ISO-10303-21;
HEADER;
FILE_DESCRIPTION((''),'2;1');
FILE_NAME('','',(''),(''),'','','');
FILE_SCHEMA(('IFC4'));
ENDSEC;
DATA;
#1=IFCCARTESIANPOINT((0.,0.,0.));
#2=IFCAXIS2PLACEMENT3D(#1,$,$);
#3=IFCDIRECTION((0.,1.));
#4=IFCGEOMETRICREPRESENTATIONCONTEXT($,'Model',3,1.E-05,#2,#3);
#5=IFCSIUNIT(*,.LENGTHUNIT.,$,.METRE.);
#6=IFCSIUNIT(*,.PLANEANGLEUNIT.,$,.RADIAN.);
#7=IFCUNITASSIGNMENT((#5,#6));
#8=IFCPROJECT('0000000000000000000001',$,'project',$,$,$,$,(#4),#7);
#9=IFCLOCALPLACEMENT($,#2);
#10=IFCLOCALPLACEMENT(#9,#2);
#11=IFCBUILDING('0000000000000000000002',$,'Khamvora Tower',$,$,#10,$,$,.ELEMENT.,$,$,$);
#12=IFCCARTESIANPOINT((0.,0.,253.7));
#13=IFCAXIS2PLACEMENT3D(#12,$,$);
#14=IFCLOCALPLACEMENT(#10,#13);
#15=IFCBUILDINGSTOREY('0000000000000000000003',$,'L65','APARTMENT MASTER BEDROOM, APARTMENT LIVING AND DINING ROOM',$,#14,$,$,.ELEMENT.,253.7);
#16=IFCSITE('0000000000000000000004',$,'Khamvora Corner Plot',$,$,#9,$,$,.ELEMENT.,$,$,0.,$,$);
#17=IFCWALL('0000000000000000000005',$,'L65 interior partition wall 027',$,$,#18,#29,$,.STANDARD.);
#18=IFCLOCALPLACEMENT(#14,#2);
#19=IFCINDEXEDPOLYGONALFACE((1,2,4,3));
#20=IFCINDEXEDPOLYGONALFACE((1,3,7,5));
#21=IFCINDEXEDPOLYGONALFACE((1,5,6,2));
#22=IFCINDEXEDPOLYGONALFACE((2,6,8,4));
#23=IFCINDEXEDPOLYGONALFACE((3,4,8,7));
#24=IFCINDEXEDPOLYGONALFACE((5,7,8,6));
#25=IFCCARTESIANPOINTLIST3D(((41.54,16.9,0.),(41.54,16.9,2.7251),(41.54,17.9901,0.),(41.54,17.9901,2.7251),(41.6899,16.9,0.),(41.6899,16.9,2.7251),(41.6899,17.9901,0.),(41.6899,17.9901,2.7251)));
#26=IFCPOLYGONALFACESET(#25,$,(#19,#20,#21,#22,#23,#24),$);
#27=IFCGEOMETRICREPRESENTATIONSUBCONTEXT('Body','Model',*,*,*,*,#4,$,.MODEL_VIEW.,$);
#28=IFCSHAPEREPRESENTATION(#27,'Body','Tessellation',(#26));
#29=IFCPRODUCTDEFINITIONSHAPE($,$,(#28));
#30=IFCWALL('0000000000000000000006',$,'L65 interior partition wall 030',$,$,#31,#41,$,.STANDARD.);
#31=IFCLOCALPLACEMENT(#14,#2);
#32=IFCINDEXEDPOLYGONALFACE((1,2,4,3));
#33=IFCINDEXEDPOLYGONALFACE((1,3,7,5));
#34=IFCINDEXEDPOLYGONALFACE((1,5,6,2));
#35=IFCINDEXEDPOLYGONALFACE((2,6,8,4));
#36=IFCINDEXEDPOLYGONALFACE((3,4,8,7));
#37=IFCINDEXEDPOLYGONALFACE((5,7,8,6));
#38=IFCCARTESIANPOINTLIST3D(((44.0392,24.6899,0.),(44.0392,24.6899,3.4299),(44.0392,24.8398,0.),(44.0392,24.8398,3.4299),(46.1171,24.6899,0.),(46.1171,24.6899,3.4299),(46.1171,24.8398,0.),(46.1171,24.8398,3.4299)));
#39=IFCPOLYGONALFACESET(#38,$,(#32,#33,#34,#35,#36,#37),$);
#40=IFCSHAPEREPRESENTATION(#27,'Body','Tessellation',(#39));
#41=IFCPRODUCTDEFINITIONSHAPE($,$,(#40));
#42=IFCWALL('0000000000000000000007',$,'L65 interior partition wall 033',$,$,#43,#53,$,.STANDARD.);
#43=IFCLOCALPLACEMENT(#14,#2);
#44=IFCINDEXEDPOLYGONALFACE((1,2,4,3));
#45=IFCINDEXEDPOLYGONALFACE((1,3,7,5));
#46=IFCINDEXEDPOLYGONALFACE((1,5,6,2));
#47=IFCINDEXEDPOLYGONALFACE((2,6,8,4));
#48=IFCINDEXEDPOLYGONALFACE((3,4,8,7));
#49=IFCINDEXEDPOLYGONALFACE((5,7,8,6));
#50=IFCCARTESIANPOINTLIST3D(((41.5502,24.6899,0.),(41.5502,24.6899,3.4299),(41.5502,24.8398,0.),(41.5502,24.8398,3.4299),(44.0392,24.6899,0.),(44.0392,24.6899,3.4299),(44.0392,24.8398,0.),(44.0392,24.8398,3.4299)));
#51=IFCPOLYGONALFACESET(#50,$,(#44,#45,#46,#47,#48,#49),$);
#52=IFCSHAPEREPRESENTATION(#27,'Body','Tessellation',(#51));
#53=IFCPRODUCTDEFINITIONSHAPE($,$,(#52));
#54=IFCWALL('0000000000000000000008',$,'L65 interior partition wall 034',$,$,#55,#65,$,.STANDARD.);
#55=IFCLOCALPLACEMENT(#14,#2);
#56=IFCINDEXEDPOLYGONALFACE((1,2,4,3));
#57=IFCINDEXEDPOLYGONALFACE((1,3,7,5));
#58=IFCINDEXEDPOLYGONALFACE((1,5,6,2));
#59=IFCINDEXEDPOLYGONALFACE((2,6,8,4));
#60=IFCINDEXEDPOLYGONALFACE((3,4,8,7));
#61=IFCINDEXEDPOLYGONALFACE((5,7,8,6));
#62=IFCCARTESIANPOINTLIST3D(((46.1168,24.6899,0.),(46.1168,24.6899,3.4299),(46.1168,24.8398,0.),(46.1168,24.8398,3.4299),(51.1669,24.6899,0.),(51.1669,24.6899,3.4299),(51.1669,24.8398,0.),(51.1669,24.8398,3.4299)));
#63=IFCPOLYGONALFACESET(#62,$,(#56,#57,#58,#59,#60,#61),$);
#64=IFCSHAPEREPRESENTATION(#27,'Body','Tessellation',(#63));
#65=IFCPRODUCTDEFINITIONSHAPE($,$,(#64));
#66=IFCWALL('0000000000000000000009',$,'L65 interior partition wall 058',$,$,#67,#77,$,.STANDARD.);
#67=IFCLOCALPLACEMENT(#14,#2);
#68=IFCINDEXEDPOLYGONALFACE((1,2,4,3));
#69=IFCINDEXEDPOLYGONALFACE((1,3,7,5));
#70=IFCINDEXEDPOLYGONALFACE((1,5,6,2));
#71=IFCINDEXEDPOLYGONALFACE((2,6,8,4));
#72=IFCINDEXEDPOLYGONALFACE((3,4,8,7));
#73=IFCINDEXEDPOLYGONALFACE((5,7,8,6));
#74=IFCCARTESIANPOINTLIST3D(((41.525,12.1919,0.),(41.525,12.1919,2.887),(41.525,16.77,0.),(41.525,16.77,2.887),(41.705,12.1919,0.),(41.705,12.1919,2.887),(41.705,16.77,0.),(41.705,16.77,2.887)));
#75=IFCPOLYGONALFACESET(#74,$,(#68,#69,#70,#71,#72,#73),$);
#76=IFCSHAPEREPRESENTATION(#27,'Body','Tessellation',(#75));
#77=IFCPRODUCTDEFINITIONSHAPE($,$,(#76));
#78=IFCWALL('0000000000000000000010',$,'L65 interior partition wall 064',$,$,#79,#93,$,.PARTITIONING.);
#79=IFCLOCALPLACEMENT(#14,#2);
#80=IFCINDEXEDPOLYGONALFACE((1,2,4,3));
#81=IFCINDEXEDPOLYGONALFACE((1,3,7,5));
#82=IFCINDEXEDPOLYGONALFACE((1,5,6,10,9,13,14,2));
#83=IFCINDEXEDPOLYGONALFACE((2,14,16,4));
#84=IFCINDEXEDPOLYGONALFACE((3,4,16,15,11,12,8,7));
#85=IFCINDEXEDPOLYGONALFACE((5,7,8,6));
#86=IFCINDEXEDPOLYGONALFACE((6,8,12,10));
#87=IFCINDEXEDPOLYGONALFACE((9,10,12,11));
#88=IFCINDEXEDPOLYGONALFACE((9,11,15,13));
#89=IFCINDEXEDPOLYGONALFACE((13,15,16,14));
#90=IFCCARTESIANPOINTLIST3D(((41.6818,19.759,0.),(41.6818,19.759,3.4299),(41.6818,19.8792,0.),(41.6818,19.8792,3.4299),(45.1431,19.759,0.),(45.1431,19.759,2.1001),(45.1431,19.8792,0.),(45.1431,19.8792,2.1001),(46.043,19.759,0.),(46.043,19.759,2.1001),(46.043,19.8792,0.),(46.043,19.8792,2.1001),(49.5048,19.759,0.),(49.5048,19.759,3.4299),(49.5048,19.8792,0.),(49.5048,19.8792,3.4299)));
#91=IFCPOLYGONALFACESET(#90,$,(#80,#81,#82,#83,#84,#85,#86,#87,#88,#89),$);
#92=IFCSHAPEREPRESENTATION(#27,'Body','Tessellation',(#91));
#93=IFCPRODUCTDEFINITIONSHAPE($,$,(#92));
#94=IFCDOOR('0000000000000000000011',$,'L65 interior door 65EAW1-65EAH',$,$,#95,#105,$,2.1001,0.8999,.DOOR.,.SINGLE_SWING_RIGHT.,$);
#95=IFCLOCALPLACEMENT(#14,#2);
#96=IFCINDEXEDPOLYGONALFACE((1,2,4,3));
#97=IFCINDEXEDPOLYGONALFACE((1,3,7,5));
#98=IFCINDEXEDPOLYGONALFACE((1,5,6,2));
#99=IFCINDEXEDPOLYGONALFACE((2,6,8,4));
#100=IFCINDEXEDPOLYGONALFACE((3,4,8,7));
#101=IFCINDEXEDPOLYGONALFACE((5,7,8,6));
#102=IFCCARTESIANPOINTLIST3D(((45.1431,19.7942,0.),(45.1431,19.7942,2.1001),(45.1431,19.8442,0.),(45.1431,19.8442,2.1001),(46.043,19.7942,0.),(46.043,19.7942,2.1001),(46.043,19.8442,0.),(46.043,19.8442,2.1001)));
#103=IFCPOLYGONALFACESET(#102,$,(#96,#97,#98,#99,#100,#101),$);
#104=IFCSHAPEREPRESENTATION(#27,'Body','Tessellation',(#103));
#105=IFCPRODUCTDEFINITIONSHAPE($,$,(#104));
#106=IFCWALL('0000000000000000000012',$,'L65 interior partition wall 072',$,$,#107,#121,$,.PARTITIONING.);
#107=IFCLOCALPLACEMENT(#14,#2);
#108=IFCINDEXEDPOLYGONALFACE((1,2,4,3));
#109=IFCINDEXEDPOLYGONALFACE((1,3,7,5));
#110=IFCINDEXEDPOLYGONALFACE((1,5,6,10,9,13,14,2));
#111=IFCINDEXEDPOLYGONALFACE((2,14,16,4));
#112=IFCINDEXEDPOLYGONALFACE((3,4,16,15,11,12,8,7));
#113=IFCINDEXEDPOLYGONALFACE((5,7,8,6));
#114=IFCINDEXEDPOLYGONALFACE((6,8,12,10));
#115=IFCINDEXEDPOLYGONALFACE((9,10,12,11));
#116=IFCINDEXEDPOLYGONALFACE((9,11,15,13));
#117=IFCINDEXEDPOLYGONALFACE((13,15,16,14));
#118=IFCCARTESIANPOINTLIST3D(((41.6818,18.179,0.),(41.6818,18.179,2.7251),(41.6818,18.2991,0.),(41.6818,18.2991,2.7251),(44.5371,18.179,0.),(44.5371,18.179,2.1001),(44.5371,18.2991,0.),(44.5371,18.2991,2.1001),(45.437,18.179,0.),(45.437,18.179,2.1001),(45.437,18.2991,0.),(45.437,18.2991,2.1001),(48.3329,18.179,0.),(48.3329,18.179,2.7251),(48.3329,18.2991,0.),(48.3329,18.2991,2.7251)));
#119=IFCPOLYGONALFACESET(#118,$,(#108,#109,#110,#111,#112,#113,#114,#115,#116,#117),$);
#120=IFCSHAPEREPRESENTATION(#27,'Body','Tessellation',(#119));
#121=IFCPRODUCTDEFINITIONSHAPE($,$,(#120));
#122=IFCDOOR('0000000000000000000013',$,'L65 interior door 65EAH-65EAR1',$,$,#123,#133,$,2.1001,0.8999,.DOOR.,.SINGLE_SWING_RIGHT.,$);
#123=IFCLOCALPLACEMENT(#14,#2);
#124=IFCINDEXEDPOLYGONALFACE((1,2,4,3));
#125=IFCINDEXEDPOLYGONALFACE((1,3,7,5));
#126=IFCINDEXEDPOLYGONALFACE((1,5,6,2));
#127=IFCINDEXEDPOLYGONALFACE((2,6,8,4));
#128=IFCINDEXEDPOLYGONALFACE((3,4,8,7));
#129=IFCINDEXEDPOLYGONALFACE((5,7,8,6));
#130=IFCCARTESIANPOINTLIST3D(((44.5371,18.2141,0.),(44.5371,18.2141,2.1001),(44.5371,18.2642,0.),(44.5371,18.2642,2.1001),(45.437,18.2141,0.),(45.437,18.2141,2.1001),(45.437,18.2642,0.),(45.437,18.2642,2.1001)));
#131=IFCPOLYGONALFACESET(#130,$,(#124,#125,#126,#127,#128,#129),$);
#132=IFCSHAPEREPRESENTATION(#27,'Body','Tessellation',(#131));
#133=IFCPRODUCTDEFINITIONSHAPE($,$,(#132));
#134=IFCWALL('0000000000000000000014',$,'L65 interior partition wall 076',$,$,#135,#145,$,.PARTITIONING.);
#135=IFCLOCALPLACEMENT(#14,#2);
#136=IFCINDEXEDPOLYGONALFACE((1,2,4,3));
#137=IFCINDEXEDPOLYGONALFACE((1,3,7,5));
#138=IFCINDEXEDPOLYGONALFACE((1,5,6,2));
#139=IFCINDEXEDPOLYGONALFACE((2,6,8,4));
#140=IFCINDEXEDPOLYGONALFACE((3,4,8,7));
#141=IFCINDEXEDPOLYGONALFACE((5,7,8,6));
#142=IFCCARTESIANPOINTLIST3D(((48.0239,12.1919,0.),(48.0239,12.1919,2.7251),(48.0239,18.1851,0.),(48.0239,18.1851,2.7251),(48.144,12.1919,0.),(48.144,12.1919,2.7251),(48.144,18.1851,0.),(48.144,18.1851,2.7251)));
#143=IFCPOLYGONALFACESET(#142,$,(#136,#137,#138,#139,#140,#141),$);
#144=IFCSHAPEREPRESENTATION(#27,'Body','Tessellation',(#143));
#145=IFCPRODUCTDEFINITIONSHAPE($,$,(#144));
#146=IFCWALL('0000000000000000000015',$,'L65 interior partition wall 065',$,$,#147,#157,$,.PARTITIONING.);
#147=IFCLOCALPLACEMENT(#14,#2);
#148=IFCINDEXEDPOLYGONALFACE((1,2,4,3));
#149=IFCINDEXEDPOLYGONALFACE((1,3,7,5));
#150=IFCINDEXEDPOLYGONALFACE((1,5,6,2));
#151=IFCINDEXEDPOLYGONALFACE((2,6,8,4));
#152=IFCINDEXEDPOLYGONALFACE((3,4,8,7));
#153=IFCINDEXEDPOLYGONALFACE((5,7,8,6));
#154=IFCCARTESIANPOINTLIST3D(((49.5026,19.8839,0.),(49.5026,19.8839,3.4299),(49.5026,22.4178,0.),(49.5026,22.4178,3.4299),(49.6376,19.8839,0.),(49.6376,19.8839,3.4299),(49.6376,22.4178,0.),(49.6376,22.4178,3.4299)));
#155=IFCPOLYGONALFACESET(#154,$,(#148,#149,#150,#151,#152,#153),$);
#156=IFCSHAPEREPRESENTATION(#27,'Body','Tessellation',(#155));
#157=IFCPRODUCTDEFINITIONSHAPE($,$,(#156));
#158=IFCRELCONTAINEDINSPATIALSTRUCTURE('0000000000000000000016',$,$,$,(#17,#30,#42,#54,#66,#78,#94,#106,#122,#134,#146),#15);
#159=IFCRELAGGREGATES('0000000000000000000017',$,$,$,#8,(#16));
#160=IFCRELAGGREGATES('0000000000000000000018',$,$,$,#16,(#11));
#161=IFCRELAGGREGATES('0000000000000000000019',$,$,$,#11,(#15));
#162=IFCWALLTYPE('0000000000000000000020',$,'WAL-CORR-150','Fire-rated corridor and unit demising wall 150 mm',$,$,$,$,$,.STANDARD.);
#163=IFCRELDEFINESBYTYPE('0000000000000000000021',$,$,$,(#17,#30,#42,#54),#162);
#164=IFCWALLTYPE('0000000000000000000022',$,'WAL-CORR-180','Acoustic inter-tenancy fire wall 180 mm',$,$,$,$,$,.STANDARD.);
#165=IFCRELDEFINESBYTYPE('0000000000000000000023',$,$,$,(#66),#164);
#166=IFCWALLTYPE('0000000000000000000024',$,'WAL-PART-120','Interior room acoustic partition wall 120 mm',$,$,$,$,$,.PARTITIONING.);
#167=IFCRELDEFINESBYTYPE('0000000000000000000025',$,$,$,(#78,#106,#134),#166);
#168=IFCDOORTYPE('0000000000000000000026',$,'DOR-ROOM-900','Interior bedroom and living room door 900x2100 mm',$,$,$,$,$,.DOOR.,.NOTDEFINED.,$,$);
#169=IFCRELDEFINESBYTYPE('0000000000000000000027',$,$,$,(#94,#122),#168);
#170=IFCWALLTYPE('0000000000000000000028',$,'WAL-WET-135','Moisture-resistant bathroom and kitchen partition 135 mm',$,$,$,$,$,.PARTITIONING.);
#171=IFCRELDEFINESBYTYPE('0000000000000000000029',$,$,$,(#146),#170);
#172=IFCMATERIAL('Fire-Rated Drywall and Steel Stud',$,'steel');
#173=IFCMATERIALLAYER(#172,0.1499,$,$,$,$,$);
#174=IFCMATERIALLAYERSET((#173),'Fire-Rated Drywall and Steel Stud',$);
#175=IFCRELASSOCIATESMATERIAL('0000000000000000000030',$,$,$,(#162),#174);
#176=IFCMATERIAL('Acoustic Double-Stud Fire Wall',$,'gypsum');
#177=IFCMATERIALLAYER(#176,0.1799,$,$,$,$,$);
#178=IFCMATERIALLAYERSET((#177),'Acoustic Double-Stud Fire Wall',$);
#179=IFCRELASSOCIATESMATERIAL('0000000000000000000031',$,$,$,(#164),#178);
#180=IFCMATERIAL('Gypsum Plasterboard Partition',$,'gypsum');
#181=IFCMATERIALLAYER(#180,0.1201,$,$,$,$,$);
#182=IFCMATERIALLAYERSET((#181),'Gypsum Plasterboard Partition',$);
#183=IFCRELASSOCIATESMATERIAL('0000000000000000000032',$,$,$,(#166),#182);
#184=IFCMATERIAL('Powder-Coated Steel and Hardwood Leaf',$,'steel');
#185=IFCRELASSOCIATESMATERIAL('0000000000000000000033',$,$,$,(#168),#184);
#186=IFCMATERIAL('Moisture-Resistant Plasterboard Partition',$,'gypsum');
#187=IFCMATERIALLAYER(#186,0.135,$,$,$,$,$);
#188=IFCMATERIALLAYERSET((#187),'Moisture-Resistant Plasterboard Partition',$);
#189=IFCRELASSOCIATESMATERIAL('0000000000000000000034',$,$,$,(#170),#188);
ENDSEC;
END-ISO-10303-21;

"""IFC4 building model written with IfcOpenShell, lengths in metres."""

from ifc_helpers import new_model, si_unit, direction, frame, frame_2d, origin, place, context, subcontext, project, spatial, rectangle, extrude, material, layer, layer_set, type_object, element, fill, save


model = new_model("IFC4")

# Units and contexts
model_context = context("Model", 3, precision=1e-05, world=origin(), true_north=direction((0.0, 1.0)))
body_context = subcontext(model_context, "Body", "Model", "MODEL_VIEW")
ifc_project = project(units=[si_unit("LENGTHUNIT", "METRE"), si_unit("PLANEANGLEUNIT", "RADIAN")], contexts=[model_context])

# Site, building, storey
site_placement = place(None, origin())
site = spatial("IfcSite", under=ifc_project, at=site_placement, Name="Khamvora Corner Plot", CompositionType="ELEMENT", RefElevation=0.0)
building_placement = place(site_placement, origin())
building = spatial("IfcBuilding", under=site, at=building_placement, Name="Khamvora Tower", CompositionType="ELEMENT")
storey_placement = place(building_placement, frame((0.0, 0.0, 253.7)))
storey = spatial("IfcBuildingStorey", under=building, at=storey_placement, Name="L65", Description="APARTMENT MASTER BEDROOM, APARTMENT LIVING AND DINING ROOM", CompositionType="ELEMENT", Elevation=253.7)

# Walls
ifc_material_1 = material(Name="Fire-Rated Drywall and Steel Stud", Category="steel")
ifc_layer_1 = layer(ifc_material_1, 0.1499)
ifc_layer_set_1 = layer_set([ifc_layer_1], Name="Fire-Rated Drywall and Steel Stud")
wall_type_1 = type_object("IfcWallType", Name="WAL-CORR-150", Description="Fire-rated corridor and unit demising wall 150 mm", PredefinedType="STANDARD", material=ifc_layer_set_1)
wall_1_placement = place(storey_placement, frame((41.615, 17.99, 0.0), z_axis=(0.0, 0.0, 1.0), x_axis=(0.0, -1.0, 0.0)))
element("IfcWall", 1, at=wall_1_placement, inside=storey, type_object=wall_type_1, Name="L65 interior partition wall 027", PredefinedType="STANDARD", context=body_context, shape_type="SweptSolid", body=[
    extrude(rectangle(XDim=1.0901, YDim=0.1499, at=frame_2d((0.5449, 0.0))), origin(), (0.0, 0.0, 1.0), 2.7251),
])
wall_2_placement = place(storey_placement, frame((44.0391, 24.7649, 0.0), z_axis=(0.0, 0.0, 1.0), x_axis=(1.0, 0.0, 0.0)))
element("IfcWall", 2, at=wall_2_placement, inside=storey, type_object=wall_type_1, Name="L65 interior partition wall 030", PredefinedType="STANDARD", context=body_context, shape_type="SweptSolid", body=[
    extrude(rectangle(XDim=2.0779, YDim=0.1499, at=frame_2d((1.0391, 0.0))), origin(), (0.0, 0.0, 1.0), 3.4299),
])
wall_3_placement = place(storey_placement, frame((41.55, 24.7649, 0.0), z_axis=(0.0, 0.0, 1.0), x_axis=(1.0, 0.0, 0.0)))
element("IfcWall", 3, at=wall_3_placement, inside=storey, type_object=wall_type_1, Name="L65 interior partition wall 033", PredefinedType="STANDARD", context=body_context, shape_type="SweptSolid", body=[
    extrude(rectangle(XDim=2.489, YDim=0.1499, at=frame_2d((1.2446, 0.0))), origin(), (0.0, 0.0, 1.0), 3.4299),
])
wall_4_placement = place(storey_placement, frame((46.1169, 24.7649, 0.0), z_axis=(0.0, 0.0, 1.0), x_axis=(1.0, 0.0, 0.0)))
element("IfcWall", 4, at=wall_4_placement, inside=storey, type_object=wall_type_1, Name="L65 interior partition wall 034", PredefinedType="STANDARD", context=body_context, shape_type="SweptSolid", body=[
    extrude(rectangle(XDim=5.05, YDim=0.1499, at=frame_2d((2.5249, 0.0))), origin(), (0.0, 0.0, 1.0), 3.4299),
])
ifc_material_2 = material(Name="Acoustic Double-Stud Fire Wall", Category="gypsum")
ifc_layer_2 = layer(ifc_material_2, 0.1799)
ifc_layer_set_2 = layer_set([ifc_layer_2], Name="Acoustic Double-Stud Fire Wall")
wall_type_2 = type_object("IfcWallType", Name="WAL-CORR-180", Description="Acoustic inter-tenancy fire wall 180 mm", PredefinedType="STANDARD", material=ifc_layer_set_2)
wall_5_placement = place(storey_placement, frame((41.615, 16.77, 0.0), z_axis=(0.0, 0.0, 1.0), x_axis=(0.0, -1.0, 0.0)))
element("IfcWall", 5, at=wall_5_placement, inside=storey, type_object=wall_type_2, Name="L65 interior partition wall 058", PredefinedType="STANDARD", context=body_context, shape_type="SweptSolid", body=[
    extrude(rectangle(XDim=4.5781, YDim=0.1799, at=frame_2d((2.2891, 0.0))), origin(), (0.0, 0.0, 1.0), 2.887),
])

# Walls, openings, doors
ifc_material_3 = material(Name="Gypsum Plasterboard Partition", Category="gypsum")
ifc_layer_3 = layer(ifc_material_3, 0.1201)
ifc_layer_set_3 = layer_set([ifc_layer_3], Name="Gypsum Plasterboard Partition")
wall_type_3 = type_object("IfcWallType", Name="WAL-PART-120", Description="Interior room acoustic partition wall 120 mm", PredefinedType="PARTITIONING", material=ifc_layer_set_3)
wall_6_placement = place(storey_placement, frame((49.5049, 19.8191, 0.0), z_axis=(0.0, 0.0, 1.0), x_axis=(-1.0, 0.0, 0.0)))
wall_6 = element("IfcWall", 6, at=wall_6_placement, inside=storey, type_object=wall_type_3, Name="L65 interior partition wall 064", PredefinedType="PARTITIONING", context=body_context, shape_type="SweptSolid", body=[
    extrude(rectangle(XDim=7.823, YDim=0.1201, at=frame_2d((3.9116, 0.0))), origin(), (0.0, 0.0, 1.0), 3.4299),
])
opening_1_placement = place(wall_6_placement, frame((3.4619, 0.0, 0.0)))
opening_1 = element("IfcOpeningElement", 7, at=opening_1_placement, cuts=wall_6, PredefinedType="OPENING", context=body_context, shape_type="SweptSolid", body=[
    extrude(rectangle(XDim=0.8999, YDim=2.1001, at=frame_2d((0.45, 1.05))), frame((0.0, 0.0701, 0.0), z_axis=(0.0, -1.0, 0.0), x_axis=(1.0, 0.0, 0.0)), (0.0, 0.0, 1.0), 0.1401),
])
ifc_material_4 = material(Name="Powder-Coated Steel and Hardwood Leaf", Category="steel")
door_type_1 = type_object("IfcDoorType", Name="DOR-ROOM-900", Description="Interior bedroom and living room door 900x2100 mm", OperationType="NOTDEFINED", PredefinedType="DOOR", material=ifc_material_4)
door_1_placement = place(opening_1_placement, origin())
door_1 = element("IfcDoor", 8, at=door_1_placement, inside=storey, type_object=door_type_1, Name="L65 interior door 65EAW1-65EAH", OperationType="SINGLE_SWING_RIGHT", OverallHeight=2.1001, OverallWidth=0.8999, PredefinedType="DOOR", context=body_context, shape_type="SweptSolid", body=[
    extrude(rectangle(XDim=0.8999, YDim=2.1001, at=frame_2d((0.45, 1.05))), frame((0.0, 0.0249, 0.0), z_axis=(0.0, -1.0, 0.0), x_axis=(1.0, 0.0, 0.0)), (0.0, 0.0, 1.0), 0.05),
])
fill(opening_1, door_1)
wall_7_placement = place(storey_placement, frame((48.333, 18.239, 0.0), z_axis=(0.0, 0.0, 1.0), x_axis=(-1.0, 0.0, 0.0)))
wall_7 = element("IfcWall", 9, at=wall_7_placement, inside=storey, type_object=wall_type_3, Name="L65 interior partition wall 072", PredefinedType="PARTITIONING", context=body_context, shape_type="SweptSolid", body=[
    extrude(rectangle(XDim=6.6511, YDim=0.1201, at=frame_2d((3.3257, 0.0))), origin(), (0.0, 0.0, 1.0), 2.7251),
])
opening_2_placement = place(wall_7_placement, frame((2.896, 0.0, 0.0)))
opening_2 = element("IfcOpeningElement", 10, at=opening_2_placement, cuts=wall_7, PredefinedType="OPENING", context=body_context, shape_type="SweptSolid", body=[
    extrude(rectangle(XDim=0.8999, YDim=2.1001, at=frame_2d((0.45, 1.05))), frame((0.0, 0.0701, 0.0), z_axis=(0.0, -1.0, 0.0), x_axis=(1.0, 0.0, 0.0)), (0.0, 0.0, 1.0), 0.1401),
])
door_2_placement = place(opening_2_placement, origin())
door_2 = element("IfcDoor", 11, at=door_2_placement, inside=storey, type_object=door_type_1, Name="L65 interior door 65EAH-65EAR1", OperationType="SINGLE_SWING_RIGHT", OverallHeight=2.1001, OverallWidth=0.8999, PredefinedType="DOOR", context=body_context, shape_type="SweptSolid", body=[
    extrude(rectangle(XDim=0.8999, YDim=2.1001, at=frame_2d((0.45, 1.05))), frame((0.0, 0.0249, 0.0), z_axis=(0.0, -1.0, 0.0), x_axis=(1.0, 0.0, 0.0)), (0.0, 0.0, 1.0), 0.05),
])
fill(opening_2, door_2)

# Walls
wall_8_placement = place(storey_placement, frame((48.084, 18.1851, 0.0), z_axis=(0.0, 0.0, 1.0), x_axis=(0.0, -1.0, 0.0)))
element("IfcWall", 12, at=wall_8_placement, inside=storey, type_object=wall_type_3, Name="L65 interior partition wall 076", PredefinedType="PARTITIONING", context=body_context, shape_type="SweptSolid", body=[
    extrude(rectangle(XDim=5.9932, YDim=0.1201, at=frame_2d((2.9966, 0.0))), origin(), (0.0, 0.0, 1.0), 2.7251),
])
ifc_material_5 = material(Name="Moisture-Resistant Plasterboard Partition", Category="gypsum")
ifc_layer_4 = layer(ifc_material_5, 0.135)
ifc_layer_set_4 = layer_set([ifc_layer_4], Name="Moisture-Resistant Plasterboard Partition")
wall_type_4 = type_object("IfcWallType", Name="WAL-WET-135", Description="Moisture-resistant bathroom and kitchen partition 135 mm", PredefinedType="PARTITIONING", material=ifc_layer_set_4)
wall_9_placement = place(storey_placement, frame((49.5701, 22.418, 0.0), z_axis=(0.0, 0.0, 1.0), x_axis=(0.0, -1.0, 0.0)))
element("IfcWall", 13, at=wall_9_placement, inside=storey, type_object=wall_type_4, Name="L65 interior partition wall 065", PredefinedType="PARTITIONING", context=body_context, shape_type="SweptSolid", body=[
    extrude(rectangle(XDim=2.5339, YDim=0.135, at=frame_2d((1.2671, 0.0))), origin(), (0.0, 0.0, 1.0), 3.4299),
])

save(model, "model.ifc")
